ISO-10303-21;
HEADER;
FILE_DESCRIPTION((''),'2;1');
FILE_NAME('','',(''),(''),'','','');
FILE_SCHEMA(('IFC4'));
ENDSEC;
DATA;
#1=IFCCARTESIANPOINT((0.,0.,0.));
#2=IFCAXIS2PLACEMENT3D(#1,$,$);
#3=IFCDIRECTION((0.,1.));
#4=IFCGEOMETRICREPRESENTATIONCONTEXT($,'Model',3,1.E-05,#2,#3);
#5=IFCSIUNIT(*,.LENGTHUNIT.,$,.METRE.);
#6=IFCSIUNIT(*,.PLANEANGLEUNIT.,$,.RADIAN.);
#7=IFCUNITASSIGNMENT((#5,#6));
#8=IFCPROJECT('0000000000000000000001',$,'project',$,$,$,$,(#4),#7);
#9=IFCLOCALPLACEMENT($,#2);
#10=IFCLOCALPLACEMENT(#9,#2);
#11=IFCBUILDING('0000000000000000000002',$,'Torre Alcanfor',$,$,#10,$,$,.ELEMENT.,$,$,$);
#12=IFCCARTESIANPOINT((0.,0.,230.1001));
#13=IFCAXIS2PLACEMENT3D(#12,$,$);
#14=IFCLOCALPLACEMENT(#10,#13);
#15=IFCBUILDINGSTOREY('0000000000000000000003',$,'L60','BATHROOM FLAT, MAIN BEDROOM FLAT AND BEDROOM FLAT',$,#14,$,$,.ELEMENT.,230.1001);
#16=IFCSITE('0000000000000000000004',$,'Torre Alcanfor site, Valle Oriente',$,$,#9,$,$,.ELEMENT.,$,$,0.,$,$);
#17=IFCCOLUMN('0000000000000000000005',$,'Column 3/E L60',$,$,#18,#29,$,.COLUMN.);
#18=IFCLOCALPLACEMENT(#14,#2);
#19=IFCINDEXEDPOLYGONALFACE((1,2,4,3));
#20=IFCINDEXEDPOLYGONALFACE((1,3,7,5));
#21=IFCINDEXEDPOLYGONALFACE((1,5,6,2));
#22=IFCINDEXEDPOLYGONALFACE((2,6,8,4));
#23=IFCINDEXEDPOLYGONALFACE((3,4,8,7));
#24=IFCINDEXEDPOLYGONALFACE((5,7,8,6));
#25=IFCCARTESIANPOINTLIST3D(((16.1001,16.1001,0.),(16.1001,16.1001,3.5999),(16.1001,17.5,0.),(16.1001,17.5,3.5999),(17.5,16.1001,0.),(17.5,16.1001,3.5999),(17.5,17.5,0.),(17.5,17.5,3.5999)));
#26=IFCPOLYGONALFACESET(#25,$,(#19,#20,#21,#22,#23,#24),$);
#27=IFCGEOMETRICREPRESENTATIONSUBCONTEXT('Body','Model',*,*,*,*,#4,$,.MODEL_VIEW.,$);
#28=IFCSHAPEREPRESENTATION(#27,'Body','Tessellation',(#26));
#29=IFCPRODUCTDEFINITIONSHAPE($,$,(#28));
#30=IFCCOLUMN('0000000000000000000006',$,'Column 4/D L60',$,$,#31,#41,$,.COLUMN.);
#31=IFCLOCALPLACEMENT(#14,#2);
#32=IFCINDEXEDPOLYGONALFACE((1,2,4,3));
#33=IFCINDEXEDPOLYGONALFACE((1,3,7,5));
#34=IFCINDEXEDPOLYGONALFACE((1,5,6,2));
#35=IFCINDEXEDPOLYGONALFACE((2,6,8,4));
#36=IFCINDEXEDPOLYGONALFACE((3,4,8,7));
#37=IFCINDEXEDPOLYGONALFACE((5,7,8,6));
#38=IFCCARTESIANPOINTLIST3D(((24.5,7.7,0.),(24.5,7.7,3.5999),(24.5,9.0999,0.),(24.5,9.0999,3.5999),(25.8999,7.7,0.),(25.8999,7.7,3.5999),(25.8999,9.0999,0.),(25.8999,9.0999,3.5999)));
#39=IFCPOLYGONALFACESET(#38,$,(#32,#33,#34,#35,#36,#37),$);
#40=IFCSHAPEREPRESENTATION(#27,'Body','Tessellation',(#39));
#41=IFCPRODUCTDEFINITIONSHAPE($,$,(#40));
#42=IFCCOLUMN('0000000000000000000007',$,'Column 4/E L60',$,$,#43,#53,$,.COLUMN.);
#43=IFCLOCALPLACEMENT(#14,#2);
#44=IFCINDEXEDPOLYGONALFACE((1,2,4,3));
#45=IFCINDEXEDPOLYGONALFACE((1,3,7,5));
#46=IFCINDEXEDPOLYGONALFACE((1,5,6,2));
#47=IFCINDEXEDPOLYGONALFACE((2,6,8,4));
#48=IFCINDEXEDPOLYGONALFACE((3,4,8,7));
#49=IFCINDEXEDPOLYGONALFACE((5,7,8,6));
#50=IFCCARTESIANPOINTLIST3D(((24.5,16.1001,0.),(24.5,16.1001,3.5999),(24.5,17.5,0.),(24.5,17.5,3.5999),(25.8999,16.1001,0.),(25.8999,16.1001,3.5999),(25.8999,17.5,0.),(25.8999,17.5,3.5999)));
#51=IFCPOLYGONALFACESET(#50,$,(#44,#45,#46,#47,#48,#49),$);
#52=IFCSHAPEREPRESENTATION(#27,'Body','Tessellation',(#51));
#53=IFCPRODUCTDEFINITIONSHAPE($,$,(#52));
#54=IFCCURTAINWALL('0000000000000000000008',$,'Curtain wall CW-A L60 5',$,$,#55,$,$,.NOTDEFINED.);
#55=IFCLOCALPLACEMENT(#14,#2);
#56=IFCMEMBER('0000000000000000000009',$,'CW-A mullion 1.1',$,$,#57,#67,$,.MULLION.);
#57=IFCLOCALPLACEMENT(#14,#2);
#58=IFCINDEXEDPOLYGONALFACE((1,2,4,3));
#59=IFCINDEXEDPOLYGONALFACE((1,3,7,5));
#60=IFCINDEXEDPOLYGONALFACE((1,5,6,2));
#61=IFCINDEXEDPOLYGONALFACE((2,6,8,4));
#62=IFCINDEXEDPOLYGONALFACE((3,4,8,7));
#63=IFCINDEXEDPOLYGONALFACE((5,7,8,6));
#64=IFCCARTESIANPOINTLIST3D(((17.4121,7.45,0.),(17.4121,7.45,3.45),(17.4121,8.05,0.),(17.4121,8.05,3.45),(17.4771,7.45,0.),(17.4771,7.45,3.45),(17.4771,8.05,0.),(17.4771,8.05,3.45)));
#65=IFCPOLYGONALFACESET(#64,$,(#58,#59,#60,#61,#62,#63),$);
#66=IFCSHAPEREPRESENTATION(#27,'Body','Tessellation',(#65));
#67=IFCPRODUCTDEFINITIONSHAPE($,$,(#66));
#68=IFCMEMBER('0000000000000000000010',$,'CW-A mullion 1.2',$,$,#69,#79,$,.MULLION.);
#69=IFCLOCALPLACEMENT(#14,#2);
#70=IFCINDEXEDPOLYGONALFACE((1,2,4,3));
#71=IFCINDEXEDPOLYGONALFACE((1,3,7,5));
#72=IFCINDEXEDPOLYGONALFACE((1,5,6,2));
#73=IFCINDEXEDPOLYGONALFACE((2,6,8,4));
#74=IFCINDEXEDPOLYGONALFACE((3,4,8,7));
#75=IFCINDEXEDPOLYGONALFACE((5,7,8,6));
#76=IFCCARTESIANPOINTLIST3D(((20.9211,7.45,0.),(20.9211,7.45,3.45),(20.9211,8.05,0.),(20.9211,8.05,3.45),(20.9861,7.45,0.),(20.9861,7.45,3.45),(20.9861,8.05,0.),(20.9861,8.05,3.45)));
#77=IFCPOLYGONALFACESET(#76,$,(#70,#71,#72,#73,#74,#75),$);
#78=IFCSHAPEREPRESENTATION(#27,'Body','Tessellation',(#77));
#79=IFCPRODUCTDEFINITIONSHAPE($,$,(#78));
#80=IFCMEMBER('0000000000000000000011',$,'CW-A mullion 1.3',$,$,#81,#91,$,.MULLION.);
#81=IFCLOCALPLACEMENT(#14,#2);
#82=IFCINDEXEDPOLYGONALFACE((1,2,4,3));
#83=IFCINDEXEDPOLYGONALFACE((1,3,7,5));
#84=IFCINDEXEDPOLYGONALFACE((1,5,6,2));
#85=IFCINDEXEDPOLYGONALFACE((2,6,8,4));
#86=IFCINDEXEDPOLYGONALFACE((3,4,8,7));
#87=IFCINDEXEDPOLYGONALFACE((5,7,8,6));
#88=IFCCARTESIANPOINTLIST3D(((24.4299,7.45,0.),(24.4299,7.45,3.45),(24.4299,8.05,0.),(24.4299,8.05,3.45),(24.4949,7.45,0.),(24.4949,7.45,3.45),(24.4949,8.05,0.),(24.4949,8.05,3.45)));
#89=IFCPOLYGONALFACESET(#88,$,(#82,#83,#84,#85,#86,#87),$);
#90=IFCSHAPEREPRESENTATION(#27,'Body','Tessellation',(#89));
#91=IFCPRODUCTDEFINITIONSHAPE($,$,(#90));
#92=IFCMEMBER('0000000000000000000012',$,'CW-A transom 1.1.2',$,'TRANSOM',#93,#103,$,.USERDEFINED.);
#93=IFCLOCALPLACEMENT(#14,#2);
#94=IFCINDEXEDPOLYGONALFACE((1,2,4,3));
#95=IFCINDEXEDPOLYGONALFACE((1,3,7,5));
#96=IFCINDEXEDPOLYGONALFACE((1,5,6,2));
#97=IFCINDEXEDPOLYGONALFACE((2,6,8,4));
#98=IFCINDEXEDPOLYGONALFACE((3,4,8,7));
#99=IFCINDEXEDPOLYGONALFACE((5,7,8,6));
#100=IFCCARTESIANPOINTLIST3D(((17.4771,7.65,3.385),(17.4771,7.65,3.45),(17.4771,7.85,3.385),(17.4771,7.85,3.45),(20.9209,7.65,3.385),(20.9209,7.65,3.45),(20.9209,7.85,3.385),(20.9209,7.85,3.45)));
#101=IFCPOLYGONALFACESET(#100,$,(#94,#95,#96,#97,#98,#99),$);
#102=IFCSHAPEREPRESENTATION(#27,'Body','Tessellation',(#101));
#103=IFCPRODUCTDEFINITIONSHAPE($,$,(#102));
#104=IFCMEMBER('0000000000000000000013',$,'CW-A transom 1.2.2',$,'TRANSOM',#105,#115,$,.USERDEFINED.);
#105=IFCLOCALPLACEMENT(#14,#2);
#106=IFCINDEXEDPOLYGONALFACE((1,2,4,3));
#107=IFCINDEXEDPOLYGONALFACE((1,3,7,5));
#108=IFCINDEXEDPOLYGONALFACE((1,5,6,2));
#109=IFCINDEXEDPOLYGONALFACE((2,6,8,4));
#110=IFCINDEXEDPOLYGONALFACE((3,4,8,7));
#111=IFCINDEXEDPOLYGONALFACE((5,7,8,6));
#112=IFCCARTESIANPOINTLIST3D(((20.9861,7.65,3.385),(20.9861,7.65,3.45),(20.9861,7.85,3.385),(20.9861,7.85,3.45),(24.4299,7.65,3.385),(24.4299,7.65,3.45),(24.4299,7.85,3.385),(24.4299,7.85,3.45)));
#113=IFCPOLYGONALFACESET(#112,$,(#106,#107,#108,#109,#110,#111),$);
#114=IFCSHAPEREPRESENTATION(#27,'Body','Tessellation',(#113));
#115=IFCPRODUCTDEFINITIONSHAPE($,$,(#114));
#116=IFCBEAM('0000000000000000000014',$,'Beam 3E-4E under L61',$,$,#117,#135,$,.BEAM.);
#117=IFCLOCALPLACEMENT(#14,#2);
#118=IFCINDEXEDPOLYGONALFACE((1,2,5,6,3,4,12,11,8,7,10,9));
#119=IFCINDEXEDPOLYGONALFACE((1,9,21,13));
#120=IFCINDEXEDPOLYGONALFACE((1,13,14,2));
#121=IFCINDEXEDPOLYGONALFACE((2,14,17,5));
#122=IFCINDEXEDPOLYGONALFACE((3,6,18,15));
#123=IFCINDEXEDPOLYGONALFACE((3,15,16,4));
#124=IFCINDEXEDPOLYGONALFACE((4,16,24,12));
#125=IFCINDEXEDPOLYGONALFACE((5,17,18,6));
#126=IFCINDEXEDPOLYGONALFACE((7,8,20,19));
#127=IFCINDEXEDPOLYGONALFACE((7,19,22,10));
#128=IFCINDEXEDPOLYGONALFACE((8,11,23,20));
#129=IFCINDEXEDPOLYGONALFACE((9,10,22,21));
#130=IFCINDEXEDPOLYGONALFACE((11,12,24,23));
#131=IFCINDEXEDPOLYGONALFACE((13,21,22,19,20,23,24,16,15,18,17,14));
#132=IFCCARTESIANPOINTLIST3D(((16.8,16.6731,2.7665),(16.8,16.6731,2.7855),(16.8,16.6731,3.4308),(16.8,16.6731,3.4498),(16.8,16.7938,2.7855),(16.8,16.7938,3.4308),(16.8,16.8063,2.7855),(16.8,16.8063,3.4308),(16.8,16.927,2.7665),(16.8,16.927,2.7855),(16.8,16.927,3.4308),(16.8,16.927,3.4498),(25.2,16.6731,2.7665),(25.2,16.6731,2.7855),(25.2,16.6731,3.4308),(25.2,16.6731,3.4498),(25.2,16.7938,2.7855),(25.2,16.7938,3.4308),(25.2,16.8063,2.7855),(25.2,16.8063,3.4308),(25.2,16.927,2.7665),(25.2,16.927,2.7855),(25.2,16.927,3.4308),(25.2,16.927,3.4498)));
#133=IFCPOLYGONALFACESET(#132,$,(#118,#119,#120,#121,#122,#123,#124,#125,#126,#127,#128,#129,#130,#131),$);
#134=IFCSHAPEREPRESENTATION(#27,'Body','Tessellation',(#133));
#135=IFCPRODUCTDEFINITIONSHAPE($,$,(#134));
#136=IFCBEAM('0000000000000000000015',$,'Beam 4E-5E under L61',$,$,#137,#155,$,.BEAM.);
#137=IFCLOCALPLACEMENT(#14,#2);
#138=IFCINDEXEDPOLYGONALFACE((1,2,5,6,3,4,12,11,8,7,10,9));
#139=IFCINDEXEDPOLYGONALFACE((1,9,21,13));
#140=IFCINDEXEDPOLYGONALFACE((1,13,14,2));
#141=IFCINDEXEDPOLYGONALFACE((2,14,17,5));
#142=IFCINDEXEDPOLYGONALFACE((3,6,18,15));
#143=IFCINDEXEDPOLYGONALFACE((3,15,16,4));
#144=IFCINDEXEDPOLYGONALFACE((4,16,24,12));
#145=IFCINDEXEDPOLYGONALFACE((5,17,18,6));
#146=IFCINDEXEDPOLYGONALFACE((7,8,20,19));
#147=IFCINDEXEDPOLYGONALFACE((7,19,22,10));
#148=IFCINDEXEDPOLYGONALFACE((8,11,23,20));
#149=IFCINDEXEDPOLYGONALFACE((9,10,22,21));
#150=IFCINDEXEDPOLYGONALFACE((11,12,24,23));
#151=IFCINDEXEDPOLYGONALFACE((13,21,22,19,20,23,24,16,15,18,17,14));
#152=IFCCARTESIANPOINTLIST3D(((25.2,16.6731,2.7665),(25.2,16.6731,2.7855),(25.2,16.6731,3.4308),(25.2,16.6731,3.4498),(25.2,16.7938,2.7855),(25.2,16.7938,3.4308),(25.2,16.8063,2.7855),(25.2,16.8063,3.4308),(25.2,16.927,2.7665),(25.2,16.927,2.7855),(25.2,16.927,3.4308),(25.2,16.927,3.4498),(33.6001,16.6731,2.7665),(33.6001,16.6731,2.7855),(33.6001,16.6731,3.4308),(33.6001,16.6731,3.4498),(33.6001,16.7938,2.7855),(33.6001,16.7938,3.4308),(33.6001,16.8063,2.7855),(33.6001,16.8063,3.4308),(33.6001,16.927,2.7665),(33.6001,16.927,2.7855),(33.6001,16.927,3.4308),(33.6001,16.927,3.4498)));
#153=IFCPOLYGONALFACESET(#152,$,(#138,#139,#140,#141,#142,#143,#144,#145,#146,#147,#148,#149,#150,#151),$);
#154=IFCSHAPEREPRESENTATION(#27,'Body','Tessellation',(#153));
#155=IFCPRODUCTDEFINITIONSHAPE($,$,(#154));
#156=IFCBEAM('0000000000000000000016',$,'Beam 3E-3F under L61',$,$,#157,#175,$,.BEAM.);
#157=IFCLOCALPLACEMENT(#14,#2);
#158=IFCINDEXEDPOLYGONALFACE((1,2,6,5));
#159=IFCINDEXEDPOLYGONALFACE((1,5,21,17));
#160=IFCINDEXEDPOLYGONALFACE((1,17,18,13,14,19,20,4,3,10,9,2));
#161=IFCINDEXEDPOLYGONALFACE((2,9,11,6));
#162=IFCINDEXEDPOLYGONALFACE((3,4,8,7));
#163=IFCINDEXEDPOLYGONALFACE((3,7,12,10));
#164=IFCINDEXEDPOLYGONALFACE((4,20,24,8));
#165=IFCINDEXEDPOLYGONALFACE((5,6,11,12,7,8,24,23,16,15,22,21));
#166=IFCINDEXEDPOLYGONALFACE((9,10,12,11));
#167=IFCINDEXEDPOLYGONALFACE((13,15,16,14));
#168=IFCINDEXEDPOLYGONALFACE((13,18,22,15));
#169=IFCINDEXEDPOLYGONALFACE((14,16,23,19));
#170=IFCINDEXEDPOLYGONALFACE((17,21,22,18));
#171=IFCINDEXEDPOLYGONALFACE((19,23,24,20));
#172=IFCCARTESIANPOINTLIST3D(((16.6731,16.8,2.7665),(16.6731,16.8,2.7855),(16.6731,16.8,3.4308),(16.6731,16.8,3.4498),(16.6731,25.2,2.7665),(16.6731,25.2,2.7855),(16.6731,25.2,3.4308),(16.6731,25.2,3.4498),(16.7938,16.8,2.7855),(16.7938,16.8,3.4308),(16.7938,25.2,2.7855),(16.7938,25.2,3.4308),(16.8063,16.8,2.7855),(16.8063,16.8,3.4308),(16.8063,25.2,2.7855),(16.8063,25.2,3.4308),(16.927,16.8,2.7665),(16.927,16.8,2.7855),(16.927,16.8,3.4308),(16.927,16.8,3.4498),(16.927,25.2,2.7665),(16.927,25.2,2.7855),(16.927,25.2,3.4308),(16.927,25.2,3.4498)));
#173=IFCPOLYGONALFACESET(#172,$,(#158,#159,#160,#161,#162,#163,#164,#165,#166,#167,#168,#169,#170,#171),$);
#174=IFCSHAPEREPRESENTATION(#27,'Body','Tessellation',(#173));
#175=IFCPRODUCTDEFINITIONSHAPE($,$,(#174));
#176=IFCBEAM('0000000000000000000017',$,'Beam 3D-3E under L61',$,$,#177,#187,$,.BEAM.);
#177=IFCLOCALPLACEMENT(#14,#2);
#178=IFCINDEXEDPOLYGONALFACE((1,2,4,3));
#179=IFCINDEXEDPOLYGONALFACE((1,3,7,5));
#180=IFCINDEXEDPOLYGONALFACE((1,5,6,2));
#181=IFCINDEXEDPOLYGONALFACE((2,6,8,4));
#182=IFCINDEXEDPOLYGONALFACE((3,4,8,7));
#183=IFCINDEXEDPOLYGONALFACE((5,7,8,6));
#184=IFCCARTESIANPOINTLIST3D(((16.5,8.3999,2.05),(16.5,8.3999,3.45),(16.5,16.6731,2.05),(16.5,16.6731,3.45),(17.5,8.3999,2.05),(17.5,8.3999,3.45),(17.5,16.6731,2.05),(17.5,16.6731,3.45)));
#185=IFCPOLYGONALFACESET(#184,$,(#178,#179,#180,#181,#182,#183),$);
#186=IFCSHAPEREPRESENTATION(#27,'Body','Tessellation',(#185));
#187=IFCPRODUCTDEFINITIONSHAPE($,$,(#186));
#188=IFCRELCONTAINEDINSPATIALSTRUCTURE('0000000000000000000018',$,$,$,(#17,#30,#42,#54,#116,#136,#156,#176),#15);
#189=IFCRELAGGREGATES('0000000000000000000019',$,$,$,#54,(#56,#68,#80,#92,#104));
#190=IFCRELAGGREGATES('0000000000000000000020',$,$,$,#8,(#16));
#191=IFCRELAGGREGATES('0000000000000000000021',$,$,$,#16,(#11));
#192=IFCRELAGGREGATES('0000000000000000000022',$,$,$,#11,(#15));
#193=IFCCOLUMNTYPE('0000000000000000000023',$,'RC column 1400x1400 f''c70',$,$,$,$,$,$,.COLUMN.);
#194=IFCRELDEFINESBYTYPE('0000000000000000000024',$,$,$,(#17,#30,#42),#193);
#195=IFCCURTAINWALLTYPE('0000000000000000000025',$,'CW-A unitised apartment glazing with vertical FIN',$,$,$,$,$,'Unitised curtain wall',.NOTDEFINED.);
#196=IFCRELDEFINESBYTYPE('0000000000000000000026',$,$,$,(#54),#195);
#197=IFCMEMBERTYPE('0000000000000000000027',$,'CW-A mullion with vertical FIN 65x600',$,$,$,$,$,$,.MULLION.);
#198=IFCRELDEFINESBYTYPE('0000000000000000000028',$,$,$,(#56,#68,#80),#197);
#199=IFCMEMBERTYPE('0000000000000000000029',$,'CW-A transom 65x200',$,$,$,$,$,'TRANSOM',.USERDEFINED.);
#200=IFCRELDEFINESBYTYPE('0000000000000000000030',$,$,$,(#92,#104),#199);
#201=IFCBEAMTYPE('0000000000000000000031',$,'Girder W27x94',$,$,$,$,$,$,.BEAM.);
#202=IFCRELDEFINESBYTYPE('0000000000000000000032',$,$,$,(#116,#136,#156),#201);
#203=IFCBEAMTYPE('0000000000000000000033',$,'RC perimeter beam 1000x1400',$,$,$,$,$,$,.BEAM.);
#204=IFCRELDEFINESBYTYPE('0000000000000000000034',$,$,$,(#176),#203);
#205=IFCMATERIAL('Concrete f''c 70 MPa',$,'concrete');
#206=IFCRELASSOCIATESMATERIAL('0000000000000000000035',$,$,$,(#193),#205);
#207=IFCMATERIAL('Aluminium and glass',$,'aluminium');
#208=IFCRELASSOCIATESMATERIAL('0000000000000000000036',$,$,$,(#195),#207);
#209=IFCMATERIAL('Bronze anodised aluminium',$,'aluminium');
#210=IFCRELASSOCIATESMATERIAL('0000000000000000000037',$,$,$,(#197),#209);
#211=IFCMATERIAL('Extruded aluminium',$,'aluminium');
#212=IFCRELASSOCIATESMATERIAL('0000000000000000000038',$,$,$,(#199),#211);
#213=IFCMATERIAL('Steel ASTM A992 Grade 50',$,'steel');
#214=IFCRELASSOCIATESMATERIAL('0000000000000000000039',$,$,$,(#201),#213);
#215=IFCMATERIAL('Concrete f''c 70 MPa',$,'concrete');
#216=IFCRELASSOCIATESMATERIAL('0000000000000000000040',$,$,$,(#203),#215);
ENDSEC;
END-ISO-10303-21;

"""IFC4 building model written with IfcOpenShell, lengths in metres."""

from ifc_helpers import new_model, si_unit, direction, frame, origin, origin_2d, place, context, subcontext, project, spatial, rectangle, i_section, extrude, material, material_profile, profile_set, type_object, element, aggregate, save


model = new_model("IFC4")

# Units and contexts
model_context = context("Model", 3, precision=1e-05, world=origin(), true_north=direction((0.0, 1.0)))
body_context = subcontext(model_context, "Body", "Model", "MODEL_VIEW")
ifc_project = project(units=[si_unit("LENGTHUNIT", "METRE"), si_unit("PLANEANGLEUNIT", "RADIAN")], contexts=[model_context])

# Site, building, storey
site_placement = place(None, origin())
site = spatial("IfcSite", under=ifc_project, at=site_placement, Name="Torre Alcanfor site, Valle Oriente", CompositionType="ELEMENT", RefElevation=0.0)
building_placement = place(site_placement, origin())
building = spatial("IfcBuilding", under=site, at=building_placement, Name="Torre Alcanfor", CompositionType="ELEMENT")
storey_placement = place(building_placement, frame((0.0, 0.0, 230.1001)))
storey = spatial("IfcBuildingStorey", under=building, at=storey_placement, Name="L60", Description="BATHROOM FLAT, MAIN BEDROOM FLAT AND BEDROOM FLAT", CompositionType="ELEMENT", Elevation=230.1001)

# Columns
ifc_material_1 = material(Name="Concrete f'c 70 MPa", Category="concrete")
ifc_material_profile_1 = material_profile(ifc_material_1, rectangle(XDim=1.3999, YDim=1.3999, at=origin_2d()), Name="1400x1400")
ifc_profile_set_1 = profile_set([ifc_material_profile_1], Name="Concrete f'c 70 MPa")
column_type = type_object("IfcColumnType", Name="RC column 1400x1400 f'c70", PredefinedType="COLUMN", material=ifc_profile_set_1)
for number, where, z_axis, x_axis, name in (
    (1, (16.8, 16.8, 0.0), (0.0, 0.0, 1.0), (1.0, 0.0, 0.0), "Column 3/E L60"),
    (2, (25.2, 8.3999, 0.0), (0.0, 0.0, 1.0), (1.0, 0.0, 0.0), "Column 4/D L60"),
    (3, (25.2, 16.8, 0.0), (0.0, 0.0, 1.0), (1.0, 0.0, 0.0), "Column 4/E L60"),
):
    element("IfcColumn", number, at=place(storey_placement, frame(where, z_axis=z_axis, x_axis=x_axis)), inside=storey, type_object=column_type, Name=name, PredefinedType="COLUMN", context=body_context, shape_type="SweptSolid", body=[
        extrude(rectangle(XDim=1.3999, YDim=1.3999, at=origin_2d()), origin(), (0.0, 0.0, 1.0), 3.5999),
    ])

# Curtain wall, members
ifc_material_2 = material(Name="Aluminium and glass", Category="aluminium")
curtain_wall_type = type_object("IfcCurtainWallType", Name="CW-A unitised apartment glazing with vertical FIN", ElementType="Unitised curtain wall", PredefinedType="NOTDEFINED", material=ifc_material_2)
curtain_wall_placement = place(storey_placement, origin())
curtain_wall = element("IfcCurtainWall", 4, at=curtain_wall_placement, inside=storey, type_object=curtain_wall_type, Name="Curtain wall CW-A L60 5", PredefinedType="NOTDEFINED")
ifc_material_3 = material(Name="Bronze anodised aluminium", Category="aluminium")
ifc_material_profile_2 = material_profile(ifc_material_3, rectangle(XDim=0.6001, YDim=0.0649, at=origin_2d()), Name="CW-A mullion 65x600")
ifc_profile_set_2 = profile_set([ifc_material_profile_2], Name="Bronze anodised aluminium")
member_type_1 = type_object("IfcMemberType", Name="CW-A mullion with vertical FIN 65x600", PredefinedType="MULLION", material=ifc_profile_set_2)
member_1_placement = place(storey_placement, frame((17.4446, 7.75, 0.0), z_axis=(0.0, 0.0, 1.0), x_axis=(0.0, 1.0, 0.0)))
member_1 = element("IfcMember", 5, at=member_1_placement, type_object=member_type_1, Name="CW-A mullion 1.1", PredefinedType="MULLION", context=body_context, shape_type="SweptSolid", body=[
    extrude(rectangle(XDim=0.6001, YDim=0.0649, at=origin_2d()), origin(), (0.0, 0.0, 1.0), 3.45),
])
member_2_placement = place(storey_placement, frame((20.9536, 7.75, 0.0), z_axis=(0.0, 0.0, 1.0), x_axis=(0.0, 1.0, 0.0)))
member_2 = element("IfcMember", 6, at=member_2_placement, type_object=member_type_1, Name="CW-A mullion 1.2", PredefinedType="MULLION", context=body_context, shape_type="SweptSolid", body=[
    extrude(rectangle(XDim=0.6001, YDim=0.0649, at=origin_2d()), origin(), (0.0, 0.0, 1.0), 3.45),
])
member_3_placement = place(storey_placement, frame((24.4624, 7.75, 0.0), z_axis=(0.0, 0.0, 1.0), x_axis=(0.0, 1.0, 0.0)))
member_3 = element("IfcMember", 7, at=member_3_placement, type_object=member_type_1, Name="CW-A mullion 1.3", PredefinedType="MULLION", context=body_context, shape_type="SweptSolid", body=[
    extrude(rectangle(XDim=0.6001, YDim=0.0649, at=origin_2d()), origin(), (0.0, 0.0, 1.0), 3.45),
])
ifc_material_4 = material(Name="Extruded aluminium", Category="aluminium")
ifc_material_profile_3 = material_profile(ifc_material_4, rectangle(XDim=0.2, YDim=0.0649, at=origin_2d()), Name="CW-A transom 200x65")
ifc_profile_set_3 = profile_set([ifc_material_profile_3], Name="Extruded aluminium")
member_type_2 = type_object("IfcMemberType", Name="CW-A transom 65x200", ElementType="TRANSOM", PredefinedType="USERDEFINED", material=ifc_profile_set_3)
member_4_placement = place(storey_placement, frame((17.4771, 7.75, 3.4175), z_axis=(1.0, 0.0, 0.0), x_axis=(0.0, 1.0, 0.0)))
member_4 = element("IfcMember", 8, at=member_4_placement, type_object=member_type_2, Name="CW-A transom 1.1.2", ObjectType="TRANSOM", PredefinedType="USERDEFINED", context=body_context, shape_type="SweptSolid", body=[
    extrude(rectangle(XDim=0.2, YDim=0.0649, at=origin_2d()), origin(), (0.0, 0.0, 1.0), 3.4438),
])
member_5_placement = place(storey_placement, frame((20.9861, 7.75, 3.4175), z_axis=(1.0, 0.0, 0.0), x_axis=(0.0, 1.0, 0.0)))
member_5 = element("IfcMember", 9, at=member_5_placement, type_object=member_type_2, Name="CW-A transom 1.2.2", ObjectType="TRANSOM", PredefinedType="USERDEFINED", context=body_context, shape_type="SweptSolid", body=[
    extrude(rectangle(XDim=0.2, YDim=0.0649, at=origin_2d()), origin(), (0.0, 0.0, 1.0), 3.4438),
])

# Beams
ifc_material_5 = material(Name="Steel ASTM A992 Grade 50", Category="steel")
ifc_material_profile_4 = material_profile(ifc_material_5, i_section(OverallWidth=0.2539, OverallDepth=0.6833, WebThickness=0.0125, FlangeThickness=0.019, at=origin_2d()), Name="W27x94")
ifc_profile_set_4 = profile_set([ifc_material_profile_4], Name="Steel ASTM A992 Grade 50")
beam_type_1 = type_object("IfcBeamType", Name="Girder W27x94", PredefinedType="BEAM", material=ifc_profile_set_4)
beam_1_placement = place(storey_placement, frame((16.8, 16.8, 3.1082), z_axis=(1.0, 0.0, 0.0), x_axis=(0.0, 1.0, 0.0)))
element("IfcBeam", 10, at=beam_1_placement, inside=storey, type_object=beam_type_1, Name="Beam 3E-4E under L61", PredefinedType="BEAM", context=body_context, shape_type="SweptSolid", body=[
    extrude(i_section(OverallWidth=0.2539, OverallDepth=0.6833, WebThickness=0.0125, FlangeThickness=0.019, at=origin_2d()), origin(), (0.0, 0.0, 1.0), 8.3999),
])
beam_2_placement = place(storey_placement, frame((25.2, 16.8, 3.1082), z_axis=(1.0, 0.0, 0.0), x_axis=(0.0, 1.0, 0.0)))
element("IfcBeam", 11, at=beam_2_placement, inside=storey, type_object=beam_type_1, Name="Beam 4E-5E under L61", PredefinedType="BEAM", context=body_context, shape_type="SweptSolid", body=[
    extrude(i_section(OverallWidth=0.2539, OverallDepth=0.6833, WebThickness=0.0125, FlangeThickness=0.019, at=origin_2d()), origin(), (0.0, 0.0, 1.0), 8.4001),
])
beam_3_placement = place(storey_placement, frame((16.8, 16.8, 3.1082), z_axis=(0.0, 1.0, 0.0), x_axis=(-1.0, 0.0, 0.0)))
element("IfcBeam", 12, at=beam_3_placement, inside=storey, type_object=beam_type_1, Name="Beam 3E-3F under L61", PredefinedType="BEAM", context=body_context, shape_type="SweptSolid", body=[
    extrude(i_section(OverallWidth=0.2539, OverallDepth=0.6833, WebThickness=0.0125, FlangeThickness=0.019, at=origin_2d()), origin(), (0.0, 0.0, 1.0), 8.3999),
])
ifc_material_6 = material(Name="Concrete f'c 70 MPa", Category="concrete")
ifc_material_profile_5 = material_profile(ifc_material_6, rectangle(XDim=1.0, YDim=1.3999, at=origin_2d()), Name="1000x1400")
ifc_profile_set_5 = profile_set([ifc_material_profile_5], Name="Concrete f'c 70 MPa")
beam_type_2 = type_object("IfcBeamType", Name="RC perimeter beam 1000x1400", PredefinedType="BEAM", material=ifc_profile_set_5)
beam_4_placement = place(storey_placement, frame((17.0, 8.3999, 2.75), z_axis=(0.0, 1.0, 0.0), x_axis=(-1.0, 0.0, 0.0)))
element("IfcBeam", 13, at=beam_4_placement, inside=storey, type_object=beam_type_2, Name="Beam 3D-3E under L61", PredefinedType="BEAM", context=body_context, shape_type="SweptSolid", body=[
    extrude(rectangle(XDim=1.0, YDim=1.3999, at=origin_2d()), origin(), (0.0, 0.0, 1.0), 8.2732),
])

aggregate(curtain_wall, [member_1, member_2, member_3, member_4, member_5])

save(model, "model.ifc")
